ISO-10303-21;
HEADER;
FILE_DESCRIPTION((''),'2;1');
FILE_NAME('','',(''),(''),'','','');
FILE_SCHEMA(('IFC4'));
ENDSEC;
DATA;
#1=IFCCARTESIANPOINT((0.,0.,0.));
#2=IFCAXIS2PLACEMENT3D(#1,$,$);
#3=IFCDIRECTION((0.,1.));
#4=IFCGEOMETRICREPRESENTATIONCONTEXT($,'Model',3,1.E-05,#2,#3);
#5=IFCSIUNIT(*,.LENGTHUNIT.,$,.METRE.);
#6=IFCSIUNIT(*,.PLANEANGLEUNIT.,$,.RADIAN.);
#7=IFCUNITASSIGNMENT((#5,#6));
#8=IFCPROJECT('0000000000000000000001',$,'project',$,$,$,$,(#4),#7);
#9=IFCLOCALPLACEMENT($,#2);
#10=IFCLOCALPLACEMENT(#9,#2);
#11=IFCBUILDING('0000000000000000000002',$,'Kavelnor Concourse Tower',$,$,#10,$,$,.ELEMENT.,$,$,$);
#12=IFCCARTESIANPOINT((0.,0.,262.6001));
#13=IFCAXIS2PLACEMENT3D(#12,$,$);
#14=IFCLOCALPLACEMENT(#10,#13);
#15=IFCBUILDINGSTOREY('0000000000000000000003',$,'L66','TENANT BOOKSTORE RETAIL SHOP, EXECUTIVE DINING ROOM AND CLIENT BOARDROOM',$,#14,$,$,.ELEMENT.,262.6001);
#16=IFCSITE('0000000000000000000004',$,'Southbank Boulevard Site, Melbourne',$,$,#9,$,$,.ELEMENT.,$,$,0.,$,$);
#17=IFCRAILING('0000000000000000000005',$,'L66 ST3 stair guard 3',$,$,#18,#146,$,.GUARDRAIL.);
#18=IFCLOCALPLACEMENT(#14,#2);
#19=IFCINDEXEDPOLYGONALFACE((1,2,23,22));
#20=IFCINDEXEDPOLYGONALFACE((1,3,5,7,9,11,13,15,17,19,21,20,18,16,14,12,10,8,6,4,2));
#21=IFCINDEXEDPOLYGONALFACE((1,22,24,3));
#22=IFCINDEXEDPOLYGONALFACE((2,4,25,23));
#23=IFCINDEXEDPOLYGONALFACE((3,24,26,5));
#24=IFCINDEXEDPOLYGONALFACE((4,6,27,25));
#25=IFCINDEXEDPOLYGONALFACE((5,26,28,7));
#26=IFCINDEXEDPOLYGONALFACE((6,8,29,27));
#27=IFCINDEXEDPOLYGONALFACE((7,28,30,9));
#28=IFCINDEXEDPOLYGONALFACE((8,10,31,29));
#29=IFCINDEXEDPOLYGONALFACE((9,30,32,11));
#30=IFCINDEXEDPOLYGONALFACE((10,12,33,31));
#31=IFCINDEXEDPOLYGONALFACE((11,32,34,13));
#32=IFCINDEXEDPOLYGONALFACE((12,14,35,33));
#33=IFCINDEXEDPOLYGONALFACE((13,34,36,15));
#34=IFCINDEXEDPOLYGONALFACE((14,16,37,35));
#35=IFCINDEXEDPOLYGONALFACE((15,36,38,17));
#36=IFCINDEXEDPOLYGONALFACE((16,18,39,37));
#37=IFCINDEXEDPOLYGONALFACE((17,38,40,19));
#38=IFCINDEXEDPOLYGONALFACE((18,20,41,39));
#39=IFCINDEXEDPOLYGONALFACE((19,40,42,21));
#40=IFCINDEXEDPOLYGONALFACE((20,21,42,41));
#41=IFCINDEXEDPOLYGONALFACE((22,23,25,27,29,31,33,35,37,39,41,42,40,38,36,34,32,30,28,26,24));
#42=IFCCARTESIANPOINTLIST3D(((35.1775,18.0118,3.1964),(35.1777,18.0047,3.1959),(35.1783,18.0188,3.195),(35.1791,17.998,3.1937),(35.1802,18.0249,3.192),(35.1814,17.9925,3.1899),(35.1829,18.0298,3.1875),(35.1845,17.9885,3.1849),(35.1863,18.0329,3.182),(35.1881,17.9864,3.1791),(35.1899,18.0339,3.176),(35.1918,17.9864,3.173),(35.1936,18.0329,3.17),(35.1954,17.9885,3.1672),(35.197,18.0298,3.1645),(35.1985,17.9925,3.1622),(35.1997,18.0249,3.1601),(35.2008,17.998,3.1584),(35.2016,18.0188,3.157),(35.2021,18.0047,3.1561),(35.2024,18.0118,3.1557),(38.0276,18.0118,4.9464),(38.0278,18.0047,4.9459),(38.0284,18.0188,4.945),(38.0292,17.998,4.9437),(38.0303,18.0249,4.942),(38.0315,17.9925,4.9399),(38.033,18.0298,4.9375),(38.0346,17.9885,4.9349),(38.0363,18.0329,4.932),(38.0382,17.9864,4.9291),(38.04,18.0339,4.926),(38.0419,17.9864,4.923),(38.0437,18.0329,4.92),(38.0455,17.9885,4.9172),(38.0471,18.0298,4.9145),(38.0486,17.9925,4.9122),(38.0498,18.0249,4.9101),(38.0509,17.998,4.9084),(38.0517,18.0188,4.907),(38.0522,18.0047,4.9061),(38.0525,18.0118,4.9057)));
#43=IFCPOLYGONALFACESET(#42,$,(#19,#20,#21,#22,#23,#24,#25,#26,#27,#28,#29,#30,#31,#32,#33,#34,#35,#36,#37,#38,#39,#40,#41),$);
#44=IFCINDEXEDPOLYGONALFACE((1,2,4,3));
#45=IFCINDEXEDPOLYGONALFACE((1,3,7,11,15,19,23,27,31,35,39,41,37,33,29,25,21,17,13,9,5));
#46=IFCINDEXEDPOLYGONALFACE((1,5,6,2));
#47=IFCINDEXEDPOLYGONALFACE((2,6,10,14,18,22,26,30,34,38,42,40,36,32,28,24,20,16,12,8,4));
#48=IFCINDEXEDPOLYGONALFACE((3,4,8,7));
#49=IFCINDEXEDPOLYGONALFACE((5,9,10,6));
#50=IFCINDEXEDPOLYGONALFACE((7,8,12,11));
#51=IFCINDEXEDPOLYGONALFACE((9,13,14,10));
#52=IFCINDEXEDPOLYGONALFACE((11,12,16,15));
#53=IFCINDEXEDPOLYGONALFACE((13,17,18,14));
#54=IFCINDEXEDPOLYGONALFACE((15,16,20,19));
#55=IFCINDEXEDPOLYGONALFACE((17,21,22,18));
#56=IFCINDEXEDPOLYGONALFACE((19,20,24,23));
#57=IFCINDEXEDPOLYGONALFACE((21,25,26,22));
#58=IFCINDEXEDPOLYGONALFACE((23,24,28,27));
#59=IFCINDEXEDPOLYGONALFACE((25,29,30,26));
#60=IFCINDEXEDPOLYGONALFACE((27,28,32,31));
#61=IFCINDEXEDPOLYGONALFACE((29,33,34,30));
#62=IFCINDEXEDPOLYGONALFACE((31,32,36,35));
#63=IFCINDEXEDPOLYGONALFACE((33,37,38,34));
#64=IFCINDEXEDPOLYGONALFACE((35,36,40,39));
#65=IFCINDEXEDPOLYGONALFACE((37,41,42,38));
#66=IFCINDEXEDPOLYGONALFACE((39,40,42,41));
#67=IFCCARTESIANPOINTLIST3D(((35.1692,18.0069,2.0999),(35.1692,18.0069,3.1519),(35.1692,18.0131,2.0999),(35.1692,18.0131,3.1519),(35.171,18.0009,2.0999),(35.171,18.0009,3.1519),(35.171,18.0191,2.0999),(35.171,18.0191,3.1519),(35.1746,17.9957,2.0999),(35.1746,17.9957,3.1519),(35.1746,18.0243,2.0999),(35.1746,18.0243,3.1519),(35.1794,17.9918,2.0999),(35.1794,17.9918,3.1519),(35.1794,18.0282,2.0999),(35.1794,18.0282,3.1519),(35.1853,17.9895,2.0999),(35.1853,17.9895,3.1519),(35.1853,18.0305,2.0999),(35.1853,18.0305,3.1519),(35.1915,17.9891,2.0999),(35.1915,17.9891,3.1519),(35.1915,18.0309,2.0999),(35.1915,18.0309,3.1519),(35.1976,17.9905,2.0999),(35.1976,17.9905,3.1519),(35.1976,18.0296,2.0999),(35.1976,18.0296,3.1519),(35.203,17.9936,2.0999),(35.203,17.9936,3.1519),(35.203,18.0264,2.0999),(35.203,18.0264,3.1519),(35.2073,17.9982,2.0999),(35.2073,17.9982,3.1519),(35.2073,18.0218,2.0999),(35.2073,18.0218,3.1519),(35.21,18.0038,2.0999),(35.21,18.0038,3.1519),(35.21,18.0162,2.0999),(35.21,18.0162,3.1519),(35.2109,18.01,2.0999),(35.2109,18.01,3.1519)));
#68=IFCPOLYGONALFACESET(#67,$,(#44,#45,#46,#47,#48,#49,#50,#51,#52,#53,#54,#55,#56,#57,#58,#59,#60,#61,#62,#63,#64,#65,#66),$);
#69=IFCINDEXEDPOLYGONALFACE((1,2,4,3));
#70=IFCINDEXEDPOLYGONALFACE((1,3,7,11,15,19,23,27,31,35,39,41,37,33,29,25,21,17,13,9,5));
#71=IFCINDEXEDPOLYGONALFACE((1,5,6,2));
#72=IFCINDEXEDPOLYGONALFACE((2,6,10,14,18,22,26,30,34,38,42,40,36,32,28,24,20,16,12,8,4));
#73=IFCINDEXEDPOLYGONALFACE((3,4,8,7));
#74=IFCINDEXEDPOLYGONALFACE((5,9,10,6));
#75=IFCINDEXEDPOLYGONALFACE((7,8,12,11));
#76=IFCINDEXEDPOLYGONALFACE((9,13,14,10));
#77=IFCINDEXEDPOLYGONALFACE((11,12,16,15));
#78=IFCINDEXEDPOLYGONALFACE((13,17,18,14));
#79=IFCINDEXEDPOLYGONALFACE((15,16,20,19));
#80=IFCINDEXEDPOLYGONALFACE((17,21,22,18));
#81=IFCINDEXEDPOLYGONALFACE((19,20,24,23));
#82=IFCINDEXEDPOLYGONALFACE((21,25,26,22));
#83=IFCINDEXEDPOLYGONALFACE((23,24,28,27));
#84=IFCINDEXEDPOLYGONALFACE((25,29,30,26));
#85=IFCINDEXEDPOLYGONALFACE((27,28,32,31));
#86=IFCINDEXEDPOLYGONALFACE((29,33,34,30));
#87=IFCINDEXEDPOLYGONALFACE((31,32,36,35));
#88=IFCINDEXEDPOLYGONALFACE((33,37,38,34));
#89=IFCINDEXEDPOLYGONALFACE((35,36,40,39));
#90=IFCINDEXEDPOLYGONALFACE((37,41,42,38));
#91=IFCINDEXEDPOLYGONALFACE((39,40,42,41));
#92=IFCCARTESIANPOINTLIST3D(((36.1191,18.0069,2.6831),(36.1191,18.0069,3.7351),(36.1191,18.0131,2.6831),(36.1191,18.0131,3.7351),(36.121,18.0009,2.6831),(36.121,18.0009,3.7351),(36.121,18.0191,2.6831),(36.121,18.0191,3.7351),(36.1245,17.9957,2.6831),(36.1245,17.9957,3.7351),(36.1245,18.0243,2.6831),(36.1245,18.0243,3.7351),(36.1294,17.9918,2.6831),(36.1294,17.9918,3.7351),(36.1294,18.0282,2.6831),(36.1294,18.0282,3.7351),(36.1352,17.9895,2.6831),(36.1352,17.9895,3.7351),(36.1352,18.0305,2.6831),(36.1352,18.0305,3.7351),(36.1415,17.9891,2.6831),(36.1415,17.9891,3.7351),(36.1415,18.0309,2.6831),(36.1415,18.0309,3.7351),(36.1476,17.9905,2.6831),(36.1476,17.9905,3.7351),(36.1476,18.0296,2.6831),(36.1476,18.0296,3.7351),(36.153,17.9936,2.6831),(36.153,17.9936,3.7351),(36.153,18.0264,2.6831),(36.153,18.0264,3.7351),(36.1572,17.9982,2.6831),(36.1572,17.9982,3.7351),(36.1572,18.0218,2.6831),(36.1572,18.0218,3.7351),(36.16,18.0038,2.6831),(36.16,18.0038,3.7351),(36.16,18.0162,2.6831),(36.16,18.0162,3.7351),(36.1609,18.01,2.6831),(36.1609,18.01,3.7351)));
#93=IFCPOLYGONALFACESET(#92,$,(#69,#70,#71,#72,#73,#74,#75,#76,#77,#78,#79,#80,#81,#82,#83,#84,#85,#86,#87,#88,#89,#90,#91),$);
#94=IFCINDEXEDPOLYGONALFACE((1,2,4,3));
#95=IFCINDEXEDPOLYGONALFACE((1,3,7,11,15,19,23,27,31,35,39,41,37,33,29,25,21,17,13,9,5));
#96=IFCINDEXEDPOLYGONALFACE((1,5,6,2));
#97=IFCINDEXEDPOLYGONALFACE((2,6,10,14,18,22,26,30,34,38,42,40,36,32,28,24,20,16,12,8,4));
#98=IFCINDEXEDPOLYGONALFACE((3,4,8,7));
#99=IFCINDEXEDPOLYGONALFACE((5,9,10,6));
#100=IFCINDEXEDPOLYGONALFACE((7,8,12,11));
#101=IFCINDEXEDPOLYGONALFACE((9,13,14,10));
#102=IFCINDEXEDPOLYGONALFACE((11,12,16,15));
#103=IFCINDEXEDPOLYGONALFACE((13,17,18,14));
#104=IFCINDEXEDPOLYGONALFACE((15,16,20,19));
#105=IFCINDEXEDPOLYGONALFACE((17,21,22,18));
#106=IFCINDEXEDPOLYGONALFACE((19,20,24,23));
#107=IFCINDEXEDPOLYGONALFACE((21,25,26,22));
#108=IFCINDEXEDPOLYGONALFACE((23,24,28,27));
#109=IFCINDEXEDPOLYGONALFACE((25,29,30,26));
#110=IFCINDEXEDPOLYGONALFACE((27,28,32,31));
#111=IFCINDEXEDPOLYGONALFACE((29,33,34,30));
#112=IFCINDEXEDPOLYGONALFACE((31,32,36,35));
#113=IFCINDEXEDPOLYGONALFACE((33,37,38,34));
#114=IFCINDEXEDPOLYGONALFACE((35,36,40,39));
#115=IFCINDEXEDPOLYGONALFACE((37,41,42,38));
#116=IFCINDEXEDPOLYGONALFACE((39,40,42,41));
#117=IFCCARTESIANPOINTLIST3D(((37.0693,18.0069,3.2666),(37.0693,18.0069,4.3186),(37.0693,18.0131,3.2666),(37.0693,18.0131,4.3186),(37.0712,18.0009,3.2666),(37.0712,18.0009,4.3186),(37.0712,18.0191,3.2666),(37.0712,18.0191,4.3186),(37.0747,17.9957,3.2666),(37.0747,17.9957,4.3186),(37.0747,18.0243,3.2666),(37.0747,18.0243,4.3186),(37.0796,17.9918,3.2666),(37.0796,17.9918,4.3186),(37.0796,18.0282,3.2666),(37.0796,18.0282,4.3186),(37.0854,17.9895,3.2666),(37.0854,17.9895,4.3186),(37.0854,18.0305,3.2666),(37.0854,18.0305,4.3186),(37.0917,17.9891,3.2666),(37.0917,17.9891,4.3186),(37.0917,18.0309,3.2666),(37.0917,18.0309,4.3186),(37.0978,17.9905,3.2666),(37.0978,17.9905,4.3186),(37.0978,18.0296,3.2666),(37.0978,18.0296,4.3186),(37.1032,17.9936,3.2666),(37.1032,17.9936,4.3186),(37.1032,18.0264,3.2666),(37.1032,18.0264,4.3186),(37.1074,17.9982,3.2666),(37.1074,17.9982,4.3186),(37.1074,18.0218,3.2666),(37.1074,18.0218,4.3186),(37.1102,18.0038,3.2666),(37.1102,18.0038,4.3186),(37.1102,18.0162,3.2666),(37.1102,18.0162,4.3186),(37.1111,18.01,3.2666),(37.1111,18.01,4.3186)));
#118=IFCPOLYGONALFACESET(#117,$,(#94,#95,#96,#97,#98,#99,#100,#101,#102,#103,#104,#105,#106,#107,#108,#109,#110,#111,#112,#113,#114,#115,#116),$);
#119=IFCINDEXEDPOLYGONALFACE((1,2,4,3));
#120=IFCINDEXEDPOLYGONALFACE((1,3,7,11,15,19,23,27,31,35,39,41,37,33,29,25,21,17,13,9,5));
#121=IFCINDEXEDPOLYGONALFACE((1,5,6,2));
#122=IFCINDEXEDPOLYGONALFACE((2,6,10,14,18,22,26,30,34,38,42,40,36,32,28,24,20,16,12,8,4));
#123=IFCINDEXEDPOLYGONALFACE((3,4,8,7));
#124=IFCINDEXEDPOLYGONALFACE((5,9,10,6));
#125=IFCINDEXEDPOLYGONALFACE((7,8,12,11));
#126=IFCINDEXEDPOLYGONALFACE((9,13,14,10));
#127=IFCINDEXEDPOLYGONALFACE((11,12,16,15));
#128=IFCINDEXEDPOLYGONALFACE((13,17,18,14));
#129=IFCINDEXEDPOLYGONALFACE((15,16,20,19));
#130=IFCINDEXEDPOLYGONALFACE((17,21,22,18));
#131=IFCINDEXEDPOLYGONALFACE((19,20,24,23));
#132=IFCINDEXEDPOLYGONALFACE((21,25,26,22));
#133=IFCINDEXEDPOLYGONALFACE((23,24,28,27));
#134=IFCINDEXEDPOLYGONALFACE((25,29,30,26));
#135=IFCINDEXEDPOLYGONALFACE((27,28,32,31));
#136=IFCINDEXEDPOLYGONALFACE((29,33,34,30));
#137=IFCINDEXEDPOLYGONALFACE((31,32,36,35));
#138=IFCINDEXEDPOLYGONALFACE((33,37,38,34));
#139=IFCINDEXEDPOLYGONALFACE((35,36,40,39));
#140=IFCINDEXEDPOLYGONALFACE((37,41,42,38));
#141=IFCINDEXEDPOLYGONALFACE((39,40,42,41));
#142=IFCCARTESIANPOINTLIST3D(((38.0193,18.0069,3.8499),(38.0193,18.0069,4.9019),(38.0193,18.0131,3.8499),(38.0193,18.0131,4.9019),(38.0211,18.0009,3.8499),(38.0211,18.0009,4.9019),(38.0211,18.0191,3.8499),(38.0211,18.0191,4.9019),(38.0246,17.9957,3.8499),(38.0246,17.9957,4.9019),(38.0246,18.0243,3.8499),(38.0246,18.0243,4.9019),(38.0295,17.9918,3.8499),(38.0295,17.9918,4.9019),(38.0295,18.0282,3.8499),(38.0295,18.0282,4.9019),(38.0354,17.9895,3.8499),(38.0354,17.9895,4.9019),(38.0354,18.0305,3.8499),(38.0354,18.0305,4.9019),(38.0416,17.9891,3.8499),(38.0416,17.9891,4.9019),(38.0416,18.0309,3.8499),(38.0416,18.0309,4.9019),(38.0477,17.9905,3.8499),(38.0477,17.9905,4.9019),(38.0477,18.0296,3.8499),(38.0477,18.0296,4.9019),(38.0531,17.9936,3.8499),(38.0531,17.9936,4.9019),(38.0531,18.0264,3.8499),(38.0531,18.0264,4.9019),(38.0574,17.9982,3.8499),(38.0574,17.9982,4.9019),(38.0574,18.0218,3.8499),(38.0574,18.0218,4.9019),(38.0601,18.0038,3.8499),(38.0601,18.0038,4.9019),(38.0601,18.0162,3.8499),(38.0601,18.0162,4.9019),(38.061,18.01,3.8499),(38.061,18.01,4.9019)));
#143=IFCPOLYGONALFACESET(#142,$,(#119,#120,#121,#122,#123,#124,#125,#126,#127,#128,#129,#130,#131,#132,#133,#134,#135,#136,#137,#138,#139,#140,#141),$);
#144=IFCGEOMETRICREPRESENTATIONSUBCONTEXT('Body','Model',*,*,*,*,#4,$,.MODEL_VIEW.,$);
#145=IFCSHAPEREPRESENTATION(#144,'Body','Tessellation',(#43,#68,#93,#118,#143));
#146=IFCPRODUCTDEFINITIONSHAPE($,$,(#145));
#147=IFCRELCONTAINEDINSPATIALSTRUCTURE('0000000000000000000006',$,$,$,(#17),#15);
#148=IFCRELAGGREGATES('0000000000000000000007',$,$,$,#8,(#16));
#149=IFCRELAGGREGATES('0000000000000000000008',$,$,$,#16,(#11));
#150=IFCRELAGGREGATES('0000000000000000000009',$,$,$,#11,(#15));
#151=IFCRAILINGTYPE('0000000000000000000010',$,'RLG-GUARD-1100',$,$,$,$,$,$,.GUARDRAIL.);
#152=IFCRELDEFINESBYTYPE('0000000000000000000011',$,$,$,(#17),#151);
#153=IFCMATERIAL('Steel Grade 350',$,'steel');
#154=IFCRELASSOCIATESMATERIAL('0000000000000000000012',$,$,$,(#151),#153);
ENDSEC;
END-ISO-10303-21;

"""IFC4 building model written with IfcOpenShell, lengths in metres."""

from ifc_helpers import new_model, si_unit, direction, frame, origin, origin_2d, place, context, subcontext, project, spatial, circle, extrude, material, type_object, element, save


model = new_model("IFC4")

# Units and contexts
model_context = context("Model", 3, precision=1e-05, world=origin(), true_north=direction((0.0, 1.0)))
body_context = subcontext(model_context, "Body", "Model", "MODEL_VIEW")
ifc_project = project(units=[si_unit("LENGTHUNIT", "METRE"), si_unit("PLANEANGLEUNIT", "RADIAN")], contexts=[model_context])

# Site, building, storey
site_placement = place(None, origin())
site = spatial("IfcSite", under=ifc_project, at=site_placement, Name="Southbank Boulevard Site, Melbourne", CompositionType="ELEMENT", RefElevation=0.0)
building_placement = place(site_placement, origin())
building = spatial("IfcBuilding", under=site, at=building_placement, Name="Kavelnor Concourse Tower", CompositionType="ELEMENT")
storey_placement = place(building_placement, frame((0.0, 0.0, 262.6001)))
storey = spatial("IfcBuildingStorey", under=building, at=storey_placement, Name="L66", Description="TENANT BOOKSTORE RETAIL SHOP, EXECUTIVE DINING ROOM AND CLIENT BOARDROOM", CompositionType="ELEMENT", Elevation=262.6001)

# Shared definitions
ifc_material_1 = material(Name="Steel Grade 350", Category="steel")

# Railing
railing_type_1 = type_object("IfcRailingType", Name="RLG-GUARD-1100", PredefinedType="GUARDRAIL", material=ifc_material_1)
railing_1_placement = place(storey_placement, frame((35.1899, 18.01, 2.0999)))
element("IfcRailing", 1, at=railing_1_placement, inside=storey, type_object=railing_type_1, Name="L66 ST3 stair guard 3", PredefinedType="GUARDRAIL", context=body_context, shape_type="SweptSolid", body=[
    extrude(circle(Radius=0.0239, at=origin_2d()), frame((0.0, 0.0, 1.0762), z_axis=(0.852179, 0.0, 0.52325), x_axis=(0.0, 1.0, 0.0)), (0.0, 0.0, 1.0), 3.3445),
    extrude(circle(Radius=0.021, at=origin_2d()), origin(), (0.0, 0.0, 1.0), 1.052),
    extrude(circle(Radius=0.021, at=origin_2d()), frame((0.95, 0.0, 0.5833)), (0.0, 0.0, 1.0), 1.052),
    extrude(circle(Radius=0.021, at=origin_2d()), frame((1.9001, 0.0, 1.1667)), (0.0, 0.0, 1.0), 1.052),
    extrude(circle(Radius=0.021, at=origin_2d()), frame((2.8501, 0.0, 1.75)), (0.0, 0.0, 1.0), 1.052),
])

save(model, "model.ifc")
